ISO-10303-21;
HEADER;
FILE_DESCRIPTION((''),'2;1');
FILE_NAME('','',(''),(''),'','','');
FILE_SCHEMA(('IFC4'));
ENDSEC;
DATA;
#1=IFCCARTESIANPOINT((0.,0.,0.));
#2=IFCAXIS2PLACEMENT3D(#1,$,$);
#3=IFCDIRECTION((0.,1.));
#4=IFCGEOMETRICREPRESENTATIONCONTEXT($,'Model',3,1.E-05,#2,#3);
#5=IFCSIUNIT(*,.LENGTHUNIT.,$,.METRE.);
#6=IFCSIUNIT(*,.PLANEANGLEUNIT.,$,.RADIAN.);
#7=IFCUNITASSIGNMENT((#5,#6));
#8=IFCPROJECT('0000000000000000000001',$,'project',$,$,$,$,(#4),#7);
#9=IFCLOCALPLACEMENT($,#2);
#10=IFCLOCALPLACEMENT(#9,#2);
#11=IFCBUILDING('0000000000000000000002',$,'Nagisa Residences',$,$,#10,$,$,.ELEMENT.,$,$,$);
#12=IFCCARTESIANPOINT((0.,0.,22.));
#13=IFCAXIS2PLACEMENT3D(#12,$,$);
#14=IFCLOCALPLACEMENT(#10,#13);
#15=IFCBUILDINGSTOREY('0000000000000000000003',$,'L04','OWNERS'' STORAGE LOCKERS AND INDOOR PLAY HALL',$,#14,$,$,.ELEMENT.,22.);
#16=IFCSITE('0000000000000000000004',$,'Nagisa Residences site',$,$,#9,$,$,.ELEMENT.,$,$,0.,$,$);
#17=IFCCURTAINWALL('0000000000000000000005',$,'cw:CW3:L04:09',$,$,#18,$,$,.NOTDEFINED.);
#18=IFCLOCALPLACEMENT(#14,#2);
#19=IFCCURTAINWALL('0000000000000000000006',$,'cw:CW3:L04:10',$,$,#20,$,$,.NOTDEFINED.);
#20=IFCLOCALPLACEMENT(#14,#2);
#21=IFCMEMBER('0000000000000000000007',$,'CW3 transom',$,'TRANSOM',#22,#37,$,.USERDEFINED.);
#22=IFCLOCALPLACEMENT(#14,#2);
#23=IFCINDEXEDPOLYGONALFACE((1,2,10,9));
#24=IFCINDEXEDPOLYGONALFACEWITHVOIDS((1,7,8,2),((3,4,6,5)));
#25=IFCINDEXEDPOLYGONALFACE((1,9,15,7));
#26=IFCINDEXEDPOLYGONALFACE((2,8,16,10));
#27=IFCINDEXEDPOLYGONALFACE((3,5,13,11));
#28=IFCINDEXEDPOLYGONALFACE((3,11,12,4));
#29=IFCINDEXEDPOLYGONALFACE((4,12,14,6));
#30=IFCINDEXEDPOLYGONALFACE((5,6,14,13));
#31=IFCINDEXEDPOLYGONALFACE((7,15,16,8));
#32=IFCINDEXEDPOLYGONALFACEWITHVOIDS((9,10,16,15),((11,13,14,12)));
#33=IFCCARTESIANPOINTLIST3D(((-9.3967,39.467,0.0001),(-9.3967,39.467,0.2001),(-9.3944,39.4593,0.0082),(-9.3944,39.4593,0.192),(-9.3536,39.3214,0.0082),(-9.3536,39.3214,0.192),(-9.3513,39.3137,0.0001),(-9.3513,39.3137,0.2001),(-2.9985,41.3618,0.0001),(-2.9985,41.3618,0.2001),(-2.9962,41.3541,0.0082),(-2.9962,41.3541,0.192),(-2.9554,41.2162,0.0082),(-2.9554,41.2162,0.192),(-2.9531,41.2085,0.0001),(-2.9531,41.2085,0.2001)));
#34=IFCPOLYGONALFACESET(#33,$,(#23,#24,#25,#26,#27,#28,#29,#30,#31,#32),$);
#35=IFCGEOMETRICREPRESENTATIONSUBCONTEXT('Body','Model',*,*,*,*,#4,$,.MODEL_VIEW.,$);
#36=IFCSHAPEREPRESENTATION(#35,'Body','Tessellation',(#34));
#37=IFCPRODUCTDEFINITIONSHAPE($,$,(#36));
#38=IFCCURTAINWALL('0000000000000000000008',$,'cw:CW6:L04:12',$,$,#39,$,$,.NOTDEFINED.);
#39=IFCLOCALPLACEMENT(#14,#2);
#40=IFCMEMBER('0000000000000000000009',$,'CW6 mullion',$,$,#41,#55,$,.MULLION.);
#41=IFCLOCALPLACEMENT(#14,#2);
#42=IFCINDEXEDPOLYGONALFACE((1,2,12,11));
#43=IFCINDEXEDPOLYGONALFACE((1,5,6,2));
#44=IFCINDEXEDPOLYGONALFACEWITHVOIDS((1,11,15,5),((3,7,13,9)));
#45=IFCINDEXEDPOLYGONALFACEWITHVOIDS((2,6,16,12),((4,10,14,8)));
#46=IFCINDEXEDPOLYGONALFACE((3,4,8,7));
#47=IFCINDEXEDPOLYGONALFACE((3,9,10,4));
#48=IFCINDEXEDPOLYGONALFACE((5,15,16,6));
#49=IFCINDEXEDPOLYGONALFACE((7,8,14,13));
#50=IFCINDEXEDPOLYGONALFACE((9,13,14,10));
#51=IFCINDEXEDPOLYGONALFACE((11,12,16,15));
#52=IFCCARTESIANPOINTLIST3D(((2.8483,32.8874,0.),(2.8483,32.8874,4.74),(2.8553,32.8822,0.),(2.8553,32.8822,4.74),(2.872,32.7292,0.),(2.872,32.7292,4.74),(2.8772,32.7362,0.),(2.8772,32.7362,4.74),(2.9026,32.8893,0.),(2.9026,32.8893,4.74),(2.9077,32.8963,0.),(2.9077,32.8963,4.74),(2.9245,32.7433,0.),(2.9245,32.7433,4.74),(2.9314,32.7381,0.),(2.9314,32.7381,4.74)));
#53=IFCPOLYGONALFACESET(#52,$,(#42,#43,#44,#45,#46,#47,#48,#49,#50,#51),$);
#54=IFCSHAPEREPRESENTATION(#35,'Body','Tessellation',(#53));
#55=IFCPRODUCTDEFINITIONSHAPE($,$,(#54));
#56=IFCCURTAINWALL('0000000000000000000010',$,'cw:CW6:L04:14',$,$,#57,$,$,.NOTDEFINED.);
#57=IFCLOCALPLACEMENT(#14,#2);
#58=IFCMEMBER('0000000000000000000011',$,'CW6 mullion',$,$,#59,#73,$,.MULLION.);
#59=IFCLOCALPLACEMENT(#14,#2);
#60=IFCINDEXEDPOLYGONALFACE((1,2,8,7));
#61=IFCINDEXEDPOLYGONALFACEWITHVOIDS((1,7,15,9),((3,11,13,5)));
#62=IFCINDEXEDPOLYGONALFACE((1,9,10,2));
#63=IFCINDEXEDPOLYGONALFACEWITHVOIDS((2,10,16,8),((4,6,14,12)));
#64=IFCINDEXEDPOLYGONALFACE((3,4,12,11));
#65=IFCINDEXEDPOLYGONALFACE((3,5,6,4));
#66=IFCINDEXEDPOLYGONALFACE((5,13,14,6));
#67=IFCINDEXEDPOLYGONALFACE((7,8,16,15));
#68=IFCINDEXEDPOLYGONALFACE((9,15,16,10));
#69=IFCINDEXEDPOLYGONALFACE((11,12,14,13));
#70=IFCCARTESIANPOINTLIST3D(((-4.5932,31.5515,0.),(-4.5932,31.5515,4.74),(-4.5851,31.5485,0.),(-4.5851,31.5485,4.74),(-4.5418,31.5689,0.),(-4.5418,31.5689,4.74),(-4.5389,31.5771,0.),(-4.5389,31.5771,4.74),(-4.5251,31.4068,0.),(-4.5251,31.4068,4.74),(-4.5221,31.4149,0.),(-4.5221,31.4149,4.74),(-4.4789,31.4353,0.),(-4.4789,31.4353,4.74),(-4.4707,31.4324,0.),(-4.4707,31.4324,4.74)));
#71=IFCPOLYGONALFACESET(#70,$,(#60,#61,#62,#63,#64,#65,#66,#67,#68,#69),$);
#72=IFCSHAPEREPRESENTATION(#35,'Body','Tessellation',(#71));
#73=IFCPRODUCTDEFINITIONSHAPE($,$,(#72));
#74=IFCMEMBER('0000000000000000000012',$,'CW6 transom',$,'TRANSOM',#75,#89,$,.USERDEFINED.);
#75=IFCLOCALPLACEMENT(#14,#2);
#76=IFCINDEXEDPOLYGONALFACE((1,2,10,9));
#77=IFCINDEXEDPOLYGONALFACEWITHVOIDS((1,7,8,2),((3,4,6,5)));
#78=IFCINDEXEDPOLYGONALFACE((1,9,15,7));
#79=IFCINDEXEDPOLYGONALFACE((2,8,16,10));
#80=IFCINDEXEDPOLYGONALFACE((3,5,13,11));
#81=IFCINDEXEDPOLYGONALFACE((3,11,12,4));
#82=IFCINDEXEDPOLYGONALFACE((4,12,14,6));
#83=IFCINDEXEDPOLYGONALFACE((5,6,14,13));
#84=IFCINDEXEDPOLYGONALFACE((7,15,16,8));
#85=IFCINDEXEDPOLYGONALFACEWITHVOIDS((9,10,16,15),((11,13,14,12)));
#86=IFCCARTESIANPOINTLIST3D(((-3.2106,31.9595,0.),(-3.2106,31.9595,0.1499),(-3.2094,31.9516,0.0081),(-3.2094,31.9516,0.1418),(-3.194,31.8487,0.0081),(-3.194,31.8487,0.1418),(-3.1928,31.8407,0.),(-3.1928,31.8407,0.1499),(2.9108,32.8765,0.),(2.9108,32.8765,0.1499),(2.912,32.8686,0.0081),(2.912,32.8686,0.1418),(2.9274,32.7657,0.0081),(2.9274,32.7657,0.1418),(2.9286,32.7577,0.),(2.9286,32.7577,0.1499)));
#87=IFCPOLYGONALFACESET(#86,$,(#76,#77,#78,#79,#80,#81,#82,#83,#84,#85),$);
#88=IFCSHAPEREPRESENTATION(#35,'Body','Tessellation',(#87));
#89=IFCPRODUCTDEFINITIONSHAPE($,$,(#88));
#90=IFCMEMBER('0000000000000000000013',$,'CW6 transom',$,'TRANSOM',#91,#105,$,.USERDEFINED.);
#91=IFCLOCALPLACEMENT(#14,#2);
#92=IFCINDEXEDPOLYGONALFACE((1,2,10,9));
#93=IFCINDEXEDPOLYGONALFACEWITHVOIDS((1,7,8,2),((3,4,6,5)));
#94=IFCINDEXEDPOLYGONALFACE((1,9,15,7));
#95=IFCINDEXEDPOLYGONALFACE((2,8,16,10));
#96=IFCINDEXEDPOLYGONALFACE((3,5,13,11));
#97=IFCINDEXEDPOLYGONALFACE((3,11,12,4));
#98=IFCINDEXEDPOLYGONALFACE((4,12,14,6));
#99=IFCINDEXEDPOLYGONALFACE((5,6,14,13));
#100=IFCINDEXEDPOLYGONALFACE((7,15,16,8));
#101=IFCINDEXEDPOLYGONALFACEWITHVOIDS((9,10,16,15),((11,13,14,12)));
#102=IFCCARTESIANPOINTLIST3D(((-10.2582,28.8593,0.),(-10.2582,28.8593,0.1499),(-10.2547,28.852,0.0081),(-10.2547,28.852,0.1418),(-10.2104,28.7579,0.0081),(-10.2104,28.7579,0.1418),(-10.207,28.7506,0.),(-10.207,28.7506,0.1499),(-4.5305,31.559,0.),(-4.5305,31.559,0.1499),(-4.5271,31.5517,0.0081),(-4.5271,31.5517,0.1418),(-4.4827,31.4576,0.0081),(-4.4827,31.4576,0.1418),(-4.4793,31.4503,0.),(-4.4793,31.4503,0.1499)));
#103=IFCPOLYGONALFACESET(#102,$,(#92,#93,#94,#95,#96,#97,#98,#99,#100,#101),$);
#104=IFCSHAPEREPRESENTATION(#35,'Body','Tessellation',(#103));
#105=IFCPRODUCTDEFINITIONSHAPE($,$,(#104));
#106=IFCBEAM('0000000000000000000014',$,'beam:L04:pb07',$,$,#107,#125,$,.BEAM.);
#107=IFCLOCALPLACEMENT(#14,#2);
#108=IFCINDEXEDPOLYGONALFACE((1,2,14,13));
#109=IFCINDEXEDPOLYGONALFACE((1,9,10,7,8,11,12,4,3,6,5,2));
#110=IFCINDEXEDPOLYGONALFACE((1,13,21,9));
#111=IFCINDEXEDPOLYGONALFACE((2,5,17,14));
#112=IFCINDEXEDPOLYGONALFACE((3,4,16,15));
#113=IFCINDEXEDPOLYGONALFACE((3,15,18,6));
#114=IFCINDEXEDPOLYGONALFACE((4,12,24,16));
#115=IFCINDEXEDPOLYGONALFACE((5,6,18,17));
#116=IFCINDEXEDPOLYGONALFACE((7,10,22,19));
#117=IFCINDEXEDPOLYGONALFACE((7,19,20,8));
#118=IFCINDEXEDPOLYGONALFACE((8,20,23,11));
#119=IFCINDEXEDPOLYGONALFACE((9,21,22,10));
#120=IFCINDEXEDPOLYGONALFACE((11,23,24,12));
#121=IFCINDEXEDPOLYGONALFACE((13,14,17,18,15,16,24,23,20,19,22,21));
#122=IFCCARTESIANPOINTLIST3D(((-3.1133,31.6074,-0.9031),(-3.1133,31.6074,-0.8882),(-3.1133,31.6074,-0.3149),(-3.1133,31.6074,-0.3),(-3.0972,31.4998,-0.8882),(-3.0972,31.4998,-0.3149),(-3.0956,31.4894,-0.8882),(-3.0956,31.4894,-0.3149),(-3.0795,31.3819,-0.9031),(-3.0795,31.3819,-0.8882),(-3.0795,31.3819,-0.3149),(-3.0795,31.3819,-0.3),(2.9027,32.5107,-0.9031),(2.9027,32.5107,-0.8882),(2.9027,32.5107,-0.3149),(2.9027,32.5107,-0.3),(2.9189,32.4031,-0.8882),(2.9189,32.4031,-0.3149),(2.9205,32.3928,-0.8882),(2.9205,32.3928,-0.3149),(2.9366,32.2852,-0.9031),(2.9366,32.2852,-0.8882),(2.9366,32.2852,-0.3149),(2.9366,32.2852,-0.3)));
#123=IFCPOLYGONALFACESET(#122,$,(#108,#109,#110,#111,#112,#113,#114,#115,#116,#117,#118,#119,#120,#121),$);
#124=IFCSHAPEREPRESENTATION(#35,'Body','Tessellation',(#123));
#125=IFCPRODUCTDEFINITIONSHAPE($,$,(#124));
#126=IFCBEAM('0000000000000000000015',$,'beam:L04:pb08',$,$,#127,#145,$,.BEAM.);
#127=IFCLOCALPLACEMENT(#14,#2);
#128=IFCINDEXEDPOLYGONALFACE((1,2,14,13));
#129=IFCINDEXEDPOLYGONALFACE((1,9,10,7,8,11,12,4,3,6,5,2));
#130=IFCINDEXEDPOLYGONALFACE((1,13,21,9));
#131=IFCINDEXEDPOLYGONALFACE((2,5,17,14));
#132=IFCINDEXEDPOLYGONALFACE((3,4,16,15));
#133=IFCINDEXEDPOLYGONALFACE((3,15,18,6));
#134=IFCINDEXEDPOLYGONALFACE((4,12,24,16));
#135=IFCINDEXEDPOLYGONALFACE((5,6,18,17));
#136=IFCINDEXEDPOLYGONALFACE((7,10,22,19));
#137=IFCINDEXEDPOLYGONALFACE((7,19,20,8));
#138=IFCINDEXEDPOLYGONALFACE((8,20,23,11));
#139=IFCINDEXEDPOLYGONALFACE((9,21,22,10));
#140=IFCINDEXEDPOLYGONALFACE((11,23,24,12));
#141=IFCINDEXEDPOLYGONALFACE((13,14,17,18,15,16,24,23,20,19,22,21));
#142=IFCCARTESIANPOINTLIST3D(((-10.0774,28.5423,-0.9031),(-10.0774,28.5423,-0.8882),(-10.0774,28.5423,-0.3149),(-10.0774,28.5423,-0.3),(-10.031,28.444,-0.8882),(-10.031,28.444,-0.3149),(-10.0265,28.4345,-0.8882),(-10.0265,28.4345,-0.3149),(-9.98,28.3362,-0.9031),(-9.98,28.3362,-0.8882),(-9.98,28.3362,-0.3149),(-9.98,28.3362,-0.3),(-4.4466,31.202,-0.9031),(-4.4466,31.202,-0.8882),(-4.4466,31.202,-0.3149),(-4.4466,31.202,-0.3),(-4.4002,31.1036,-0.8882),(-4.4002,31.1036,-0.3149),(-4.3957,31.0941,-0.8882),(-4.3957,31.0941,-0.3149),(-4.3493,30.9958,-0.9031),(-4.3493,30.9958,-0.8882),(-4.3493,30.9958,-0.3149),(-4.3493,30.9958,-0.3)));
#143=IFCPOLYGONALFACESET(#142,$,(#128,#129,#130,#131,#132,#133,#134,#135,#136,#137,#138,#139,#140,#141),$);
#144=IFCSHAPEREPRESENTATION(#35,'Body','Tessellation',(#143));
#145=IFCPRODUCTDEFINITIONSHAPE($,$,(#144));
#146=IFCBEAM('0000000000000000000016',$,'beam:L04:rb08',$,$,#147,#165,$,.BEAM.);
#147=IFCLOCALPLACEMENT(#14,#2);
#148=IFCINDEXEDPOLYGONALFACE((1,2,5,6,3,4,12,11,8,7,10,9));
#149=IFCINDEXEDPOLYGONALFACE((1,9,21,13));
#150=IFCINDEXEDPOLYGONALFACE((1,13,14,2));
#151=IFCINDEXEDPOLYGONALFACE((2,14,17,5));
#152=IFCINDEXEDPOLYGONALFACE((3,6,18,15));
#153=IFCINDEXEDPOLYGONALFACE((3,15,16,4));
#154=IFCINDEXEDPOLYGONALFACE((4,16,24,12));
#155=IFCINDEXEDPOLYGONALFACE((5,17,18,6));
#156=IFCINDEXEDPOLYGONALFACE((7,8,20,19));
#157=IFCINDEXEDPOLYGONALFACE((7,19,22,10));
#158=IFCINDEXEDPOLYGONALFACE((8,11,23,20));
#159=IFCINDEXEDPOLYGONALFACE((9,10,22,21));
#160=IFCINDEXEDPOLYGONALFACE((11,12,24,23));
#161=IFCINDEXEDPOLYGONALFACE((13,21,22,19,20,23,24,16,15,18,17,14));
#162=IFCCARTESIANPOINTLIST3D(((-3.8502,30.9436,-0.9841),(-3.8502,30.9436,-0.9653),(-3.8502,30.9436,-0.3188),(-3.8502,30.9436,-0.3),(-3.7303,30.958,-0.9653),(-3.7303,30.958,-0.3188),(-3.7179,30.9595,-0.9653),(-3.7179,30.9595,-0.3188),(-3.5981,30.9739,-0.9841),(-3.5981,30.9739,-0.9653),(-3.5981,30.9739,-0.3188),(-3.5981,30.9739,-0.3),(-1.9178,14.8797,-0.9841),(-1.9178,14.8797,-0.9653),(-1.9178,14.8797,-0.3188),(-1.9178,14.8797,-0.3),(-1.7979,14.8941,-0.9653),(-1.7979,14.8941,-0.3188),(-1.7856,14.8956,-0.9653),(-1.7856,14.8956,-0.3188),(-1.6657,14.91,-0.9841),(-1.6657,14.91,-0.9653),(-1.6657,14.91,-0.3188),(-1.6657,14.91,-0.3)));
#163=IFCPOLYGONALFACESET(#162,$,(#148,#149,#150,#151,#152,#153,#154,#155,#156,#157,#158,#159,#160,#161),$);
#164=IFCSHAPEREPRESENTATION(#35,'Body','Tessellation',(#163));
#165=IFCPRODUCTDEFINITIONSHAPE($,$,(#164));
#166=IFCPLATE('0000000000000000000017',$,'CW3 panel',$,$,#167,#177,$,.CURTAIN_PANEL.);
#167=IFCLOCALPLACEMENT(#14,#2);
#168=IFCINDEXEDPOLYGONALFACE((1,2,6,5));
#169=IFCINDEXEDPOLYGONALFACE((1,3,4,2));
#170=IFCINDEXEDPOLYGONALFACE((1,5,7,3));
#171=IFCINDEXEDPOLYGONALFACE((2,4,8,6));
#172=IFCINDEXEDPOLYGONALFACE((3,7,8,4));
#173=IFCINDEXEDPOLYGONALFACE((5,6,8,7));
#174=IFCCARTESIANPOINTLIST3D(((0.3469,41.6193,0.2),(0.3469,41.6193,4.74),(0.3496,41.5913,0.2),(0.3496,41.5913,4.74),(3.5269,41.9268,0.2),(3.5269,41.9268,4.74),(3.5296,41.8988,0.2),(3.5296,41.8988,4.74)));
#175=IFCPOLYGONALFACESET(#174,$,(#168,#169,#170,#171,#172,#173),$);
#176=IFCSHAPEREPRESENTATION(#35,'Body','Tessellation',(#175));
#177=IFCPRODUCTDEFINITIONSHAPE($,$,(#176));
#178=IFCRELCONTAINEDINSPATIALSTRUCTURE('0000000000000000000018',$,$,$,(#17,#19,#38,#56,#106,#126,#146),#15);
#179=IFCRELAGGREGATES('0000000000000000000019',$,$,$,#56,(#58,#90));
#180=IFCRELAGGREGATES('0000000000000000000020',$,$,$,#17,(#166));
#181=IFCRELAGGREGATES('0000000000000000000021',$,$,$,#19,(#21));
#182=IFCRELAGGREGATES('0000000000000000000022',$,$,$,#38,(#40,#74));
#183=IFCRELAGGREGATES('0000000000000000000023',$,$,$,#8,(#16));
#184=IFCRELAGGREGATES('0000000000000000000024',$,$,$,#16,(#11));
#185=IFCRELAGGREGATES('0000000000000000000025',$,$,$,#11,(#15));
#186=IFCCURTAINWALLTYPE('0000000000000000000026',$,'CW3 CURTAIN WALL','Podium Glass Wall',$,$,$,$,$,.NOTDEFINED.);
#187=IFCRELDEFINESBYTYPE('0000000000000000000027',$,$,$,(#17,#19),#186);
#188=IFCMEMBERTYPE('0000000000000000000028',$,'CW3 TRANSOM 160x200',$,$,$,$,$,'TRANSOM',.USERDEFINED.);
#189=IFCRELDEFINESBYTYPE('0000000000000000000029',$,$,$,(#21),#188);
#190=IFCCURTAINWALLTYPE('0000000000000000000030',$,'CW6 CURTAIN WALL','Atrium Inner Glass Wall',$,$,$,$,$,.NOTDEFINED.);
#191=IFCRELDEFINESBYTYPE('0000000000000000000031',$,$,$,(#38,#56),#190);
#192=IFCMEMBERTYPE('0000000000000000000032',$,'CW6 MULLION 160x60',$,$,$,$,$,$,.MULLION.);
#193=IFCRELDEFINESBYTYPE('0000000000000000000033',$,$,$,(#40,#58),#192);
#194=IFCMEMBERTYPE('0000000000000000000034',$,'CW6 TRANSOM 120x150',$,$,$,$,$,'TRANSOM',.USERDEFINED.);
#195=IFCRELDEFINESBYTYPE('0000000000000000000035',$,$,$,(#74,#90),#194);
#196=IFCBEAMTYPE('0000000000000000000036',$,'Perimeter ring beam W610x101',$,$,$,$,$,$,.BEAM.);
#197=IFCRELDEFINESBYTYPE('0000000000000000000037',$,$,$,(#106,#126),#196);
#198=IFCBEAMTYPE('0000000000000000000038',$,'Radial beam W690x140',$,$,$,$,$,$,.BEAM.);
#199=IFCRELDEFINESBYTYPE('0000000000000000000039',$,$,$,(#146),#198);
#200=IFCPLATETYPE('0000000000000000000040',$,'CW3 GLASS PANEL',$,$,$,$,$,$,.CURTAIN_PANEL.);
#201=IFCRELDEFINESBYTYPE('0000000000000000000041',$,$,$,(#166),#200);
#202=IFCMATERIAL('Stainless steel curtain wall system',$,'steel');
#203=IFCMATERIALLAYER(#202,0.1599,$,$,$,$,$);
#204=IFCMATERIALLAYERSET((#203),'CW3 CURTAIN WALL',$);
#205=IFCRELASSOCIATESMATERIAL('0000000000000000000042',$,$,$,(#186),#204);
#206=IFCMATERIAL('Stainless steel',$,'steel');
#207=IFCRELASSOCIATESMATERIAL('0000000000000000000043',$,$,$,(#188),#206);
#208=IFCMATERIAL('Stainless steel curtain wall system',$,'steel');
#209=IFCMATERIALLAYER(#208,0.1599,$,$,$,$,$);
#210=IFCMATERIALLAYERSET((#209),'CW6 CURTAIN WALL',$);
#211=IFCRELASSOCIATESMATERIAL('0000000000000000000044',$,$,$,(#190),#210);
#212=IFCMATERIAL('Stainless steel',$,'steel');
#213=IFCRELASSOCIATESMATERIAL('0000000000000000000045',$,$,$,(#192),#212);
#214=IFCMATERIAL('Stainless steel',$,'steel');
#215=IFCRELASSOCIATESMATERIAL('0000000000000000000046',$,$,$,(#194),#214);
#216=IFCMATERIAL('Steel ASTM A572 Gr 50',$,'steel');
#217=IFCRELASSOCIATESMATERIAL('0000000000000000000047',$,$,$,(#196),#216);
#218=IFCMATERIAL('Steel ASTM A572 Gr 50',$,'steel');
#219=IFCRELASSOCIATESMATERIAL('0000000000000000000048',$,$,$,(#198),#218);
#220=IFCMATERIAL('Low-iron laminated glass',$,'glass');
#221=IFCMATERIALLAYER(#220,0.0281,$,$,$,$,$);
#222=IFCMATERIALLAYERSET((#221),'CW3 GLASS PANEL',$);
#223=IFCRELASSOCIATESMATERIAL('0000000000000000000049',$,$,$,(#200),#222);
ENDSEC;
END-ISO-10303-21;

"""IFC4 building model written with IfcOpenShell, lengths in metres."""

from ifc_helpers import new_model, si_unit, direction, frame, origin, origin_2d, place, context, subcontext, project, spatial, rectangle, hollow_rectangle, i_section, extrude, material, layer, layer_set, material_profile, profile_set, type_object, element, aggregate, save


model = new_model("IFC4")

# Units and contexts
model_context = context("Model", 3, precision=1e-05, world=origin(), true_north=direction((0.0, 1.0)))
body_context = subcontext(model_context, "Body", "Model", "MODEL_VIEW")
ifc_project = project(units=[si_unit("LENGTHUNIT", "METRE"), si_unit("PLANEANGLEUNIT", "RADIAN")], contexts=[model_context])

# Site, building, storey
site_placement = place(None, origin())
site = spatial("IfcSite", under=ifc_project, at=site_placement, Name="Nagisa Residences site", CompositionType="ELEMENT", RefElevation=0.0)
building_placement = place(site_placement, origin())
building = spatial("IfcBuilding", under=site, at=building_placement, Name="Nagisa Residences", CompositionType="ELEMENT")
storey_placement = place(building_placement, frame((0.0, 0.0, 22.0)))
storey = spatial("IfcBuildingStorey", under=building, at=storey_placement, Name="L04", Description="OWNERS' STORAGE LOCKERS AND INDOOR PLAY HALL", CompositionType="ELEMENT", Elevation=22.0)

# Curtain walls, member
ifc_material_1 = material(Name="Stainless steel curtain wall system", Category="steel")
ifc_layer_1 = layer(ifc_material_1, 0.1599)
ifc_layer_set_1 = layer_set([ifc_layer_1], Name="CW3 CURTAIN WALL")
curtain_wall_type_1 = type_object("IfcCurtainWallType", Name="CW3 CURTAIN WALL", Description="Podium Glass Wall", PredefinedType="NOTDEFINED", material=ifc_layer_set_1)
curtain_wall_1_placement = place(storey_placement, origin())
curtain_wall_1 = element("IfcCurtainWall", 1, at=curtain_wall_1_placement, inside=storey, type_object=curtain_wall_type_1, Name="cw:CW3:L04:09", PredefinedType="NOTDEFINED")
curtain_wall_2_placement = place(storey_placement, origin())
curtain_wall_2 = element("IfcCurtainWall", 2, at=curtain_wall_2_placement, inside=storey, type_object=curtain_wall_type_1, Name="cw:CW3:L04:10", PredefinedType="NOTDEFINED")
ifc_material_2 = material(Name="Stainless steel", Category="steel")
ifc_material_profile_1 = material_profile(ifc_material_2, hollow_rectangle(XDim=0.1599, YDim=0.2, WallThickness=0.0081, at=origin_2d()), Name="CW3 TRANSOM 160x200")
ifc_profile_set_1 = profile_set([ifc_material_profile_1], Name="Stainless steel")
member_type_1 = type_object("IfcMemberType", Name="CW3 TRANSOM 160x200", ElementType="TRANSOM", PredefinedType="USERDEFINED", material=ifc_profile_set_1)
member_1_placement = place(storey_placement, frame((-2.9758, 41.2852, 0.1001), z_axis=(-0.958838, -0.283953, 0.0), x_axis=(0.283953, -0.958838, 0.0)))
member_1 = element("IfcMember", 3, at=member_1_placement, type_object=member_type_1, Name="CW3 transom", ObjectType="TRANSOM", PredefinedType="USERDEFINED", context=body_context, shape_type="SweptSolid", body=[
    extrude(hollow_rectangle(XDim=0.1599, YDim=0.2, WallThickness=0.0081, at=origin_2d()), origin(), (0.0, 0.0, 1.0), 6.6729),
])

# Curtain walls, members
ifc_material_3 = material(Name="Stainless steel curtain wall system", Category="steel")
ifc_layer_2 = layer(ifc_material_3, 0.1599)
ifc_layer_set_2 = layer_set([ifc_layer_2], Name="CW6 CURTAIN WALL")
curtain_wall_type_2 = type_object("IfcCurtainWallType", Name="CW6 CURTAIN WALL", Description="Atrium Inner Glass Wall", PredefinedType="NOTDEFINED", material=ifc_layer_set_2)
curtain_wall_3_placement = place(storey_placement, origin())
curtain_wall_3 = element("IfcCurtainWall", 4, at=curtain_wall_3_placement, inside=storey, type_object=curtain_wall_type_2, Name="cw:CW6:L04:12", PredefinedType="NOTDEFINED")
ifc_material_4 = material(Name="Stainless steel", Category="steel")
ifc_material_profile_2 = material_profile(ifc_material_4, hollow_rectangle(XDim=0.1599, YDim=0.0601, WallThickness=0.0061, at=origin_2d()), Name="CW6 MULLION 160x60")
ifc_profile_set_2 = profile_set([ifc_material_profile_2], Name="Stainless steel")
member_type_2 = type_object("IfcMemberType", Name="CW6 MULLION 160x60", PredefinedType="MULLION", material=ifc_profile_set_2)
member_2_placement = place(storey_placement, frame((2.8899, 32.8127, 0.0), z_axis=(0.0, 0.0, 1.0), x_axis=(0.148158, -0.988964, 0.0)))
member_2 = element("IfcMember", 5, at=member_2_placement, type_object=member_type_2, Name="CW6 mullion", PredefinedType="MULLION", context=body_context, shape_type="SweptSolid", body=[
    extrude(hollow_rectangle(XDim=0.1599, YDim=0.0601, WallThickness=0.0061, at=origin_2d()), origin(), (0.0, 0.0, 1.0), 4.74),
])
curtain_wall_4_placement = place(storey_placement, origin())
curtain_wall_4 = element("IfcCurtainWall", 6, at=curtain_wall_4_placement, inside=storey, type_object=curtain_wall_type_2, Name="cw:CW6:L04:14", PredefinedType="NOTDEFINED")
member_3_placement = place(storey_placement, frame((-4.532, 31.4919, 0.0), z_axis=(0.0, 0.0, 1.0), x_axis=(0.426358, -0.904554, 0.0)))
member_3 = element("IfcMember", 7, at=member_3_placement, type_object=member_type_2, Name="CW6 mullion", PredefinedType="MULLION", context=body_context, shape_type="SweptSolid", body=[
    extrude(hollow_rectangle(XDim=0.1599, YDim=0.0601, WallThickness=0.0061, at=origin_2d()), origin(), (0.0, 0.0, 1.0), 4.74),
])

# Members
ifc_material_5 = material(Name="Stainless steel", Category="steel")
ifc_material_profile_3 = material_profile(ifc_material_5, hollow_rectangle(XDim=0.1201, YDim=0.1499, WallThickness=0.0081, at=origin_2d()), Name="CW6 TRANSOM 120x150")
ifc_profile_set_3 = profile_set([ifc_material_profile_3], Name="Stainless steel")
member_type_3 = type_object("IfcMemberType", Name="CW6 TRANSOM 120x150", ElementType="TRANSOM", PredefinedType="USERDEFINED", material=ifc_profile_set_3)
member_4_placement = place(storey_placement, frame((2.9197, 32.8171, 0.075), z_axis=(-0.988965, -0.14815, 0.0), x_axis=(0.14815, -0.988965, 0.0)))
member_4 = element("IfcMember", 8, at=member_4_placement, type_object=member_type_3, Name="CW6 transom", ObjectType="TRANSOM", PredefinedType="USERDEFINED", context=body_context, shape_type="SweptSolid", body=[
    extrude(hollow_rectangle(XDim=0.1201, YDim=0.1499, WallThickness=0.0081, at=origin_2d()), origin(), (0.0, 0.0, 1.0), 6.1897),
])
member_5_placement = place(storey_placement, frame((-4.5049, 31.5046, 0.075), z_axis=(-0.904558, -0.42635, 0.0), x_axis=(0.42635, -0.904558, 0.0)))
member_5 = element("IfcMember", 9, at=member_5_placement, type_object=member_type_3, Name="CW6 transom", ObjectType="TRANSOM", PredefinedType="USERDEFINED", context=body_context, shape_type="SweptSolid", body=[
    extrude(hollow_rectangle(XDim=0.1201, YDim=0.1499, WallThickness=0.0081, at=origin_2d()), origin(), (0.0, 0.0, 1.0), 6.332),
])
aggregate(curtain_wall_4, [member_3, member_5])

# Beams
ifc_material_6 = material(Name="Steel ASTM A572 Gr 50", Category="steel")
ifc_material_profile_4 = material_profile(ifc_material_6, i_section(OverallWidth=0.228, OverallDepth=0.603, WebThickness=0.0105, FlangeThickness=0.0149, at=origin_2d()), Name="W610x101")
ifc_profile_set_4 = profile_set([ifc_material_profile_4], Name="Steel ASTM A572 Gr 50")
beam_type_1 = type_object("IfcBeamType", Name="Perimeter ring beam W610x101", PredefinedType="BEAM", material=ifc_profile_set_4)
beam_1_placement = place(storey_placement, frame((2.9197, 32.3979, -0.6016), z_axis=(-0.988915, -0.148486, 0.0), x_axis=(0.148486, -0.988915, 0.0)))
element("IfcBeam", 10, at=beam_1_placement, inside=storey, type_object=beam_type_1, Name="beam:L04:pb07", PredefinedType="BEAM", context=body_context, shape_type="SweptSolid", body=[
    extrude(i_section(OverallWidth=0.228, OverallDepth=0.603, WebThickness=0.0105, FlangeThickness=0.0149, at=origin_2d()), origin(), (0.0, 0.0, 1.0), 6.0835),
])
beam_2_placement = place(storey_placement, frame((-4.3979, 31.0989, -0.6016), z_axis=(-0.904208, -0.427092, 0.0), x_axis=(0.427092, -0.904208, 0.0)))
element("IfcBeam", 11, at=beam_2_placement, inside=storey, type_object=beam_type_1, Name="beam:L04:pb08", PredefinedType="BEAM", context=body_context, shape_type="SweptSolid", body=[
    extrude(i_section(OverallWidth=0.228, OverallDepth=0.603, WebThickness=0.0105, FlangeThickness=0.0149, at=origin_2d()), origin(), (0.0, 0.0, 1.0), 6.2273),
])
ifc_material_7 = material(Name="Steel ASTM A572 Gr 50", Category="steel")
ifc_material_profile_5 = material_profile(ifc_material_7, i_section(OverallWidth=0.2539, OverallDepth=0.6841, WebThickness=0.0125, FlangeThickness=0.0188, at=origin_2d()), Name="W690x140")
ifc_profile_set_5 = profile_set([ifc_material_profile_5], Name="Steel ASTM A572 Gr 50")
beam_type_2 = type_object("IfcBeamType", Name="Radial beam W690x140", PredefinedType="BEAM", material=ifc_profile_set_5)
beam_3_placement = place(storey_placement, frame((-3.7241, 30.9587, -0.6421), z_axis=(0.119431, -0.992842, 0.0), x_axis=(0.992842, 0.119431, 0.0)))
element("IfcBeam", 12, at=beam_3_placement, inside=storey, type_object=beam_type_2, Name="beam:L04:rb08", PredefinedType="BEAM", context=body_context, shape_type="SweptSolid", body=[
    extrude(i_section(OverallWidth=0.2539, OverallDepth=0.6841, WebThickness=0.0125, FlangeThickness=0.0188, at=origin_2d()), origin(), (0.0, 0.0, 1.0), 16.1797),
])

# Plate
ifc_material_8 = material(Name="Low-iron laminated glass", Category="glass")
ifc_layer_3 = layer(ifc_material_8, 0.0281)
ifc_layer_set_3 = layer_set([ifc_layer_3], Name="CW3 GLASS PANEL")
plate_type_1 = type_object("IfcPlateType", Name="CW3 GLASS PANEL", PredefinedType="CURTAIN_PANEL", material=ifc_layer_set_3)
plate_1_placement = place(storey_placement, frame((1.9382, 41.759, 0.2), z_axis=(0.0, 0.0, 1.0), x_axis=(-0.995357, -0.096249, 0.0)))
plate_1 = element("IfcPlate", 13, at=plate_1_placement, type_object=plate_type_1, Name="CW3 panel", PredefinedType="CURTAIN_PANEL", context=body_context, shape_type="SweptSolid", body=[
    extrude(rectangle(XDim=3.1948, YDim=0.0281, at=origin_2d()), origin(), (0.0, 0.0, 1.0), 4.54),
])
aggregate(curtain_wall_1, [plate_1])
aggregate(curtain_wall_2, [member_1])
aggregate(curtain_wall_3, [member_2, member_4])

save(model, "model.ifc")
